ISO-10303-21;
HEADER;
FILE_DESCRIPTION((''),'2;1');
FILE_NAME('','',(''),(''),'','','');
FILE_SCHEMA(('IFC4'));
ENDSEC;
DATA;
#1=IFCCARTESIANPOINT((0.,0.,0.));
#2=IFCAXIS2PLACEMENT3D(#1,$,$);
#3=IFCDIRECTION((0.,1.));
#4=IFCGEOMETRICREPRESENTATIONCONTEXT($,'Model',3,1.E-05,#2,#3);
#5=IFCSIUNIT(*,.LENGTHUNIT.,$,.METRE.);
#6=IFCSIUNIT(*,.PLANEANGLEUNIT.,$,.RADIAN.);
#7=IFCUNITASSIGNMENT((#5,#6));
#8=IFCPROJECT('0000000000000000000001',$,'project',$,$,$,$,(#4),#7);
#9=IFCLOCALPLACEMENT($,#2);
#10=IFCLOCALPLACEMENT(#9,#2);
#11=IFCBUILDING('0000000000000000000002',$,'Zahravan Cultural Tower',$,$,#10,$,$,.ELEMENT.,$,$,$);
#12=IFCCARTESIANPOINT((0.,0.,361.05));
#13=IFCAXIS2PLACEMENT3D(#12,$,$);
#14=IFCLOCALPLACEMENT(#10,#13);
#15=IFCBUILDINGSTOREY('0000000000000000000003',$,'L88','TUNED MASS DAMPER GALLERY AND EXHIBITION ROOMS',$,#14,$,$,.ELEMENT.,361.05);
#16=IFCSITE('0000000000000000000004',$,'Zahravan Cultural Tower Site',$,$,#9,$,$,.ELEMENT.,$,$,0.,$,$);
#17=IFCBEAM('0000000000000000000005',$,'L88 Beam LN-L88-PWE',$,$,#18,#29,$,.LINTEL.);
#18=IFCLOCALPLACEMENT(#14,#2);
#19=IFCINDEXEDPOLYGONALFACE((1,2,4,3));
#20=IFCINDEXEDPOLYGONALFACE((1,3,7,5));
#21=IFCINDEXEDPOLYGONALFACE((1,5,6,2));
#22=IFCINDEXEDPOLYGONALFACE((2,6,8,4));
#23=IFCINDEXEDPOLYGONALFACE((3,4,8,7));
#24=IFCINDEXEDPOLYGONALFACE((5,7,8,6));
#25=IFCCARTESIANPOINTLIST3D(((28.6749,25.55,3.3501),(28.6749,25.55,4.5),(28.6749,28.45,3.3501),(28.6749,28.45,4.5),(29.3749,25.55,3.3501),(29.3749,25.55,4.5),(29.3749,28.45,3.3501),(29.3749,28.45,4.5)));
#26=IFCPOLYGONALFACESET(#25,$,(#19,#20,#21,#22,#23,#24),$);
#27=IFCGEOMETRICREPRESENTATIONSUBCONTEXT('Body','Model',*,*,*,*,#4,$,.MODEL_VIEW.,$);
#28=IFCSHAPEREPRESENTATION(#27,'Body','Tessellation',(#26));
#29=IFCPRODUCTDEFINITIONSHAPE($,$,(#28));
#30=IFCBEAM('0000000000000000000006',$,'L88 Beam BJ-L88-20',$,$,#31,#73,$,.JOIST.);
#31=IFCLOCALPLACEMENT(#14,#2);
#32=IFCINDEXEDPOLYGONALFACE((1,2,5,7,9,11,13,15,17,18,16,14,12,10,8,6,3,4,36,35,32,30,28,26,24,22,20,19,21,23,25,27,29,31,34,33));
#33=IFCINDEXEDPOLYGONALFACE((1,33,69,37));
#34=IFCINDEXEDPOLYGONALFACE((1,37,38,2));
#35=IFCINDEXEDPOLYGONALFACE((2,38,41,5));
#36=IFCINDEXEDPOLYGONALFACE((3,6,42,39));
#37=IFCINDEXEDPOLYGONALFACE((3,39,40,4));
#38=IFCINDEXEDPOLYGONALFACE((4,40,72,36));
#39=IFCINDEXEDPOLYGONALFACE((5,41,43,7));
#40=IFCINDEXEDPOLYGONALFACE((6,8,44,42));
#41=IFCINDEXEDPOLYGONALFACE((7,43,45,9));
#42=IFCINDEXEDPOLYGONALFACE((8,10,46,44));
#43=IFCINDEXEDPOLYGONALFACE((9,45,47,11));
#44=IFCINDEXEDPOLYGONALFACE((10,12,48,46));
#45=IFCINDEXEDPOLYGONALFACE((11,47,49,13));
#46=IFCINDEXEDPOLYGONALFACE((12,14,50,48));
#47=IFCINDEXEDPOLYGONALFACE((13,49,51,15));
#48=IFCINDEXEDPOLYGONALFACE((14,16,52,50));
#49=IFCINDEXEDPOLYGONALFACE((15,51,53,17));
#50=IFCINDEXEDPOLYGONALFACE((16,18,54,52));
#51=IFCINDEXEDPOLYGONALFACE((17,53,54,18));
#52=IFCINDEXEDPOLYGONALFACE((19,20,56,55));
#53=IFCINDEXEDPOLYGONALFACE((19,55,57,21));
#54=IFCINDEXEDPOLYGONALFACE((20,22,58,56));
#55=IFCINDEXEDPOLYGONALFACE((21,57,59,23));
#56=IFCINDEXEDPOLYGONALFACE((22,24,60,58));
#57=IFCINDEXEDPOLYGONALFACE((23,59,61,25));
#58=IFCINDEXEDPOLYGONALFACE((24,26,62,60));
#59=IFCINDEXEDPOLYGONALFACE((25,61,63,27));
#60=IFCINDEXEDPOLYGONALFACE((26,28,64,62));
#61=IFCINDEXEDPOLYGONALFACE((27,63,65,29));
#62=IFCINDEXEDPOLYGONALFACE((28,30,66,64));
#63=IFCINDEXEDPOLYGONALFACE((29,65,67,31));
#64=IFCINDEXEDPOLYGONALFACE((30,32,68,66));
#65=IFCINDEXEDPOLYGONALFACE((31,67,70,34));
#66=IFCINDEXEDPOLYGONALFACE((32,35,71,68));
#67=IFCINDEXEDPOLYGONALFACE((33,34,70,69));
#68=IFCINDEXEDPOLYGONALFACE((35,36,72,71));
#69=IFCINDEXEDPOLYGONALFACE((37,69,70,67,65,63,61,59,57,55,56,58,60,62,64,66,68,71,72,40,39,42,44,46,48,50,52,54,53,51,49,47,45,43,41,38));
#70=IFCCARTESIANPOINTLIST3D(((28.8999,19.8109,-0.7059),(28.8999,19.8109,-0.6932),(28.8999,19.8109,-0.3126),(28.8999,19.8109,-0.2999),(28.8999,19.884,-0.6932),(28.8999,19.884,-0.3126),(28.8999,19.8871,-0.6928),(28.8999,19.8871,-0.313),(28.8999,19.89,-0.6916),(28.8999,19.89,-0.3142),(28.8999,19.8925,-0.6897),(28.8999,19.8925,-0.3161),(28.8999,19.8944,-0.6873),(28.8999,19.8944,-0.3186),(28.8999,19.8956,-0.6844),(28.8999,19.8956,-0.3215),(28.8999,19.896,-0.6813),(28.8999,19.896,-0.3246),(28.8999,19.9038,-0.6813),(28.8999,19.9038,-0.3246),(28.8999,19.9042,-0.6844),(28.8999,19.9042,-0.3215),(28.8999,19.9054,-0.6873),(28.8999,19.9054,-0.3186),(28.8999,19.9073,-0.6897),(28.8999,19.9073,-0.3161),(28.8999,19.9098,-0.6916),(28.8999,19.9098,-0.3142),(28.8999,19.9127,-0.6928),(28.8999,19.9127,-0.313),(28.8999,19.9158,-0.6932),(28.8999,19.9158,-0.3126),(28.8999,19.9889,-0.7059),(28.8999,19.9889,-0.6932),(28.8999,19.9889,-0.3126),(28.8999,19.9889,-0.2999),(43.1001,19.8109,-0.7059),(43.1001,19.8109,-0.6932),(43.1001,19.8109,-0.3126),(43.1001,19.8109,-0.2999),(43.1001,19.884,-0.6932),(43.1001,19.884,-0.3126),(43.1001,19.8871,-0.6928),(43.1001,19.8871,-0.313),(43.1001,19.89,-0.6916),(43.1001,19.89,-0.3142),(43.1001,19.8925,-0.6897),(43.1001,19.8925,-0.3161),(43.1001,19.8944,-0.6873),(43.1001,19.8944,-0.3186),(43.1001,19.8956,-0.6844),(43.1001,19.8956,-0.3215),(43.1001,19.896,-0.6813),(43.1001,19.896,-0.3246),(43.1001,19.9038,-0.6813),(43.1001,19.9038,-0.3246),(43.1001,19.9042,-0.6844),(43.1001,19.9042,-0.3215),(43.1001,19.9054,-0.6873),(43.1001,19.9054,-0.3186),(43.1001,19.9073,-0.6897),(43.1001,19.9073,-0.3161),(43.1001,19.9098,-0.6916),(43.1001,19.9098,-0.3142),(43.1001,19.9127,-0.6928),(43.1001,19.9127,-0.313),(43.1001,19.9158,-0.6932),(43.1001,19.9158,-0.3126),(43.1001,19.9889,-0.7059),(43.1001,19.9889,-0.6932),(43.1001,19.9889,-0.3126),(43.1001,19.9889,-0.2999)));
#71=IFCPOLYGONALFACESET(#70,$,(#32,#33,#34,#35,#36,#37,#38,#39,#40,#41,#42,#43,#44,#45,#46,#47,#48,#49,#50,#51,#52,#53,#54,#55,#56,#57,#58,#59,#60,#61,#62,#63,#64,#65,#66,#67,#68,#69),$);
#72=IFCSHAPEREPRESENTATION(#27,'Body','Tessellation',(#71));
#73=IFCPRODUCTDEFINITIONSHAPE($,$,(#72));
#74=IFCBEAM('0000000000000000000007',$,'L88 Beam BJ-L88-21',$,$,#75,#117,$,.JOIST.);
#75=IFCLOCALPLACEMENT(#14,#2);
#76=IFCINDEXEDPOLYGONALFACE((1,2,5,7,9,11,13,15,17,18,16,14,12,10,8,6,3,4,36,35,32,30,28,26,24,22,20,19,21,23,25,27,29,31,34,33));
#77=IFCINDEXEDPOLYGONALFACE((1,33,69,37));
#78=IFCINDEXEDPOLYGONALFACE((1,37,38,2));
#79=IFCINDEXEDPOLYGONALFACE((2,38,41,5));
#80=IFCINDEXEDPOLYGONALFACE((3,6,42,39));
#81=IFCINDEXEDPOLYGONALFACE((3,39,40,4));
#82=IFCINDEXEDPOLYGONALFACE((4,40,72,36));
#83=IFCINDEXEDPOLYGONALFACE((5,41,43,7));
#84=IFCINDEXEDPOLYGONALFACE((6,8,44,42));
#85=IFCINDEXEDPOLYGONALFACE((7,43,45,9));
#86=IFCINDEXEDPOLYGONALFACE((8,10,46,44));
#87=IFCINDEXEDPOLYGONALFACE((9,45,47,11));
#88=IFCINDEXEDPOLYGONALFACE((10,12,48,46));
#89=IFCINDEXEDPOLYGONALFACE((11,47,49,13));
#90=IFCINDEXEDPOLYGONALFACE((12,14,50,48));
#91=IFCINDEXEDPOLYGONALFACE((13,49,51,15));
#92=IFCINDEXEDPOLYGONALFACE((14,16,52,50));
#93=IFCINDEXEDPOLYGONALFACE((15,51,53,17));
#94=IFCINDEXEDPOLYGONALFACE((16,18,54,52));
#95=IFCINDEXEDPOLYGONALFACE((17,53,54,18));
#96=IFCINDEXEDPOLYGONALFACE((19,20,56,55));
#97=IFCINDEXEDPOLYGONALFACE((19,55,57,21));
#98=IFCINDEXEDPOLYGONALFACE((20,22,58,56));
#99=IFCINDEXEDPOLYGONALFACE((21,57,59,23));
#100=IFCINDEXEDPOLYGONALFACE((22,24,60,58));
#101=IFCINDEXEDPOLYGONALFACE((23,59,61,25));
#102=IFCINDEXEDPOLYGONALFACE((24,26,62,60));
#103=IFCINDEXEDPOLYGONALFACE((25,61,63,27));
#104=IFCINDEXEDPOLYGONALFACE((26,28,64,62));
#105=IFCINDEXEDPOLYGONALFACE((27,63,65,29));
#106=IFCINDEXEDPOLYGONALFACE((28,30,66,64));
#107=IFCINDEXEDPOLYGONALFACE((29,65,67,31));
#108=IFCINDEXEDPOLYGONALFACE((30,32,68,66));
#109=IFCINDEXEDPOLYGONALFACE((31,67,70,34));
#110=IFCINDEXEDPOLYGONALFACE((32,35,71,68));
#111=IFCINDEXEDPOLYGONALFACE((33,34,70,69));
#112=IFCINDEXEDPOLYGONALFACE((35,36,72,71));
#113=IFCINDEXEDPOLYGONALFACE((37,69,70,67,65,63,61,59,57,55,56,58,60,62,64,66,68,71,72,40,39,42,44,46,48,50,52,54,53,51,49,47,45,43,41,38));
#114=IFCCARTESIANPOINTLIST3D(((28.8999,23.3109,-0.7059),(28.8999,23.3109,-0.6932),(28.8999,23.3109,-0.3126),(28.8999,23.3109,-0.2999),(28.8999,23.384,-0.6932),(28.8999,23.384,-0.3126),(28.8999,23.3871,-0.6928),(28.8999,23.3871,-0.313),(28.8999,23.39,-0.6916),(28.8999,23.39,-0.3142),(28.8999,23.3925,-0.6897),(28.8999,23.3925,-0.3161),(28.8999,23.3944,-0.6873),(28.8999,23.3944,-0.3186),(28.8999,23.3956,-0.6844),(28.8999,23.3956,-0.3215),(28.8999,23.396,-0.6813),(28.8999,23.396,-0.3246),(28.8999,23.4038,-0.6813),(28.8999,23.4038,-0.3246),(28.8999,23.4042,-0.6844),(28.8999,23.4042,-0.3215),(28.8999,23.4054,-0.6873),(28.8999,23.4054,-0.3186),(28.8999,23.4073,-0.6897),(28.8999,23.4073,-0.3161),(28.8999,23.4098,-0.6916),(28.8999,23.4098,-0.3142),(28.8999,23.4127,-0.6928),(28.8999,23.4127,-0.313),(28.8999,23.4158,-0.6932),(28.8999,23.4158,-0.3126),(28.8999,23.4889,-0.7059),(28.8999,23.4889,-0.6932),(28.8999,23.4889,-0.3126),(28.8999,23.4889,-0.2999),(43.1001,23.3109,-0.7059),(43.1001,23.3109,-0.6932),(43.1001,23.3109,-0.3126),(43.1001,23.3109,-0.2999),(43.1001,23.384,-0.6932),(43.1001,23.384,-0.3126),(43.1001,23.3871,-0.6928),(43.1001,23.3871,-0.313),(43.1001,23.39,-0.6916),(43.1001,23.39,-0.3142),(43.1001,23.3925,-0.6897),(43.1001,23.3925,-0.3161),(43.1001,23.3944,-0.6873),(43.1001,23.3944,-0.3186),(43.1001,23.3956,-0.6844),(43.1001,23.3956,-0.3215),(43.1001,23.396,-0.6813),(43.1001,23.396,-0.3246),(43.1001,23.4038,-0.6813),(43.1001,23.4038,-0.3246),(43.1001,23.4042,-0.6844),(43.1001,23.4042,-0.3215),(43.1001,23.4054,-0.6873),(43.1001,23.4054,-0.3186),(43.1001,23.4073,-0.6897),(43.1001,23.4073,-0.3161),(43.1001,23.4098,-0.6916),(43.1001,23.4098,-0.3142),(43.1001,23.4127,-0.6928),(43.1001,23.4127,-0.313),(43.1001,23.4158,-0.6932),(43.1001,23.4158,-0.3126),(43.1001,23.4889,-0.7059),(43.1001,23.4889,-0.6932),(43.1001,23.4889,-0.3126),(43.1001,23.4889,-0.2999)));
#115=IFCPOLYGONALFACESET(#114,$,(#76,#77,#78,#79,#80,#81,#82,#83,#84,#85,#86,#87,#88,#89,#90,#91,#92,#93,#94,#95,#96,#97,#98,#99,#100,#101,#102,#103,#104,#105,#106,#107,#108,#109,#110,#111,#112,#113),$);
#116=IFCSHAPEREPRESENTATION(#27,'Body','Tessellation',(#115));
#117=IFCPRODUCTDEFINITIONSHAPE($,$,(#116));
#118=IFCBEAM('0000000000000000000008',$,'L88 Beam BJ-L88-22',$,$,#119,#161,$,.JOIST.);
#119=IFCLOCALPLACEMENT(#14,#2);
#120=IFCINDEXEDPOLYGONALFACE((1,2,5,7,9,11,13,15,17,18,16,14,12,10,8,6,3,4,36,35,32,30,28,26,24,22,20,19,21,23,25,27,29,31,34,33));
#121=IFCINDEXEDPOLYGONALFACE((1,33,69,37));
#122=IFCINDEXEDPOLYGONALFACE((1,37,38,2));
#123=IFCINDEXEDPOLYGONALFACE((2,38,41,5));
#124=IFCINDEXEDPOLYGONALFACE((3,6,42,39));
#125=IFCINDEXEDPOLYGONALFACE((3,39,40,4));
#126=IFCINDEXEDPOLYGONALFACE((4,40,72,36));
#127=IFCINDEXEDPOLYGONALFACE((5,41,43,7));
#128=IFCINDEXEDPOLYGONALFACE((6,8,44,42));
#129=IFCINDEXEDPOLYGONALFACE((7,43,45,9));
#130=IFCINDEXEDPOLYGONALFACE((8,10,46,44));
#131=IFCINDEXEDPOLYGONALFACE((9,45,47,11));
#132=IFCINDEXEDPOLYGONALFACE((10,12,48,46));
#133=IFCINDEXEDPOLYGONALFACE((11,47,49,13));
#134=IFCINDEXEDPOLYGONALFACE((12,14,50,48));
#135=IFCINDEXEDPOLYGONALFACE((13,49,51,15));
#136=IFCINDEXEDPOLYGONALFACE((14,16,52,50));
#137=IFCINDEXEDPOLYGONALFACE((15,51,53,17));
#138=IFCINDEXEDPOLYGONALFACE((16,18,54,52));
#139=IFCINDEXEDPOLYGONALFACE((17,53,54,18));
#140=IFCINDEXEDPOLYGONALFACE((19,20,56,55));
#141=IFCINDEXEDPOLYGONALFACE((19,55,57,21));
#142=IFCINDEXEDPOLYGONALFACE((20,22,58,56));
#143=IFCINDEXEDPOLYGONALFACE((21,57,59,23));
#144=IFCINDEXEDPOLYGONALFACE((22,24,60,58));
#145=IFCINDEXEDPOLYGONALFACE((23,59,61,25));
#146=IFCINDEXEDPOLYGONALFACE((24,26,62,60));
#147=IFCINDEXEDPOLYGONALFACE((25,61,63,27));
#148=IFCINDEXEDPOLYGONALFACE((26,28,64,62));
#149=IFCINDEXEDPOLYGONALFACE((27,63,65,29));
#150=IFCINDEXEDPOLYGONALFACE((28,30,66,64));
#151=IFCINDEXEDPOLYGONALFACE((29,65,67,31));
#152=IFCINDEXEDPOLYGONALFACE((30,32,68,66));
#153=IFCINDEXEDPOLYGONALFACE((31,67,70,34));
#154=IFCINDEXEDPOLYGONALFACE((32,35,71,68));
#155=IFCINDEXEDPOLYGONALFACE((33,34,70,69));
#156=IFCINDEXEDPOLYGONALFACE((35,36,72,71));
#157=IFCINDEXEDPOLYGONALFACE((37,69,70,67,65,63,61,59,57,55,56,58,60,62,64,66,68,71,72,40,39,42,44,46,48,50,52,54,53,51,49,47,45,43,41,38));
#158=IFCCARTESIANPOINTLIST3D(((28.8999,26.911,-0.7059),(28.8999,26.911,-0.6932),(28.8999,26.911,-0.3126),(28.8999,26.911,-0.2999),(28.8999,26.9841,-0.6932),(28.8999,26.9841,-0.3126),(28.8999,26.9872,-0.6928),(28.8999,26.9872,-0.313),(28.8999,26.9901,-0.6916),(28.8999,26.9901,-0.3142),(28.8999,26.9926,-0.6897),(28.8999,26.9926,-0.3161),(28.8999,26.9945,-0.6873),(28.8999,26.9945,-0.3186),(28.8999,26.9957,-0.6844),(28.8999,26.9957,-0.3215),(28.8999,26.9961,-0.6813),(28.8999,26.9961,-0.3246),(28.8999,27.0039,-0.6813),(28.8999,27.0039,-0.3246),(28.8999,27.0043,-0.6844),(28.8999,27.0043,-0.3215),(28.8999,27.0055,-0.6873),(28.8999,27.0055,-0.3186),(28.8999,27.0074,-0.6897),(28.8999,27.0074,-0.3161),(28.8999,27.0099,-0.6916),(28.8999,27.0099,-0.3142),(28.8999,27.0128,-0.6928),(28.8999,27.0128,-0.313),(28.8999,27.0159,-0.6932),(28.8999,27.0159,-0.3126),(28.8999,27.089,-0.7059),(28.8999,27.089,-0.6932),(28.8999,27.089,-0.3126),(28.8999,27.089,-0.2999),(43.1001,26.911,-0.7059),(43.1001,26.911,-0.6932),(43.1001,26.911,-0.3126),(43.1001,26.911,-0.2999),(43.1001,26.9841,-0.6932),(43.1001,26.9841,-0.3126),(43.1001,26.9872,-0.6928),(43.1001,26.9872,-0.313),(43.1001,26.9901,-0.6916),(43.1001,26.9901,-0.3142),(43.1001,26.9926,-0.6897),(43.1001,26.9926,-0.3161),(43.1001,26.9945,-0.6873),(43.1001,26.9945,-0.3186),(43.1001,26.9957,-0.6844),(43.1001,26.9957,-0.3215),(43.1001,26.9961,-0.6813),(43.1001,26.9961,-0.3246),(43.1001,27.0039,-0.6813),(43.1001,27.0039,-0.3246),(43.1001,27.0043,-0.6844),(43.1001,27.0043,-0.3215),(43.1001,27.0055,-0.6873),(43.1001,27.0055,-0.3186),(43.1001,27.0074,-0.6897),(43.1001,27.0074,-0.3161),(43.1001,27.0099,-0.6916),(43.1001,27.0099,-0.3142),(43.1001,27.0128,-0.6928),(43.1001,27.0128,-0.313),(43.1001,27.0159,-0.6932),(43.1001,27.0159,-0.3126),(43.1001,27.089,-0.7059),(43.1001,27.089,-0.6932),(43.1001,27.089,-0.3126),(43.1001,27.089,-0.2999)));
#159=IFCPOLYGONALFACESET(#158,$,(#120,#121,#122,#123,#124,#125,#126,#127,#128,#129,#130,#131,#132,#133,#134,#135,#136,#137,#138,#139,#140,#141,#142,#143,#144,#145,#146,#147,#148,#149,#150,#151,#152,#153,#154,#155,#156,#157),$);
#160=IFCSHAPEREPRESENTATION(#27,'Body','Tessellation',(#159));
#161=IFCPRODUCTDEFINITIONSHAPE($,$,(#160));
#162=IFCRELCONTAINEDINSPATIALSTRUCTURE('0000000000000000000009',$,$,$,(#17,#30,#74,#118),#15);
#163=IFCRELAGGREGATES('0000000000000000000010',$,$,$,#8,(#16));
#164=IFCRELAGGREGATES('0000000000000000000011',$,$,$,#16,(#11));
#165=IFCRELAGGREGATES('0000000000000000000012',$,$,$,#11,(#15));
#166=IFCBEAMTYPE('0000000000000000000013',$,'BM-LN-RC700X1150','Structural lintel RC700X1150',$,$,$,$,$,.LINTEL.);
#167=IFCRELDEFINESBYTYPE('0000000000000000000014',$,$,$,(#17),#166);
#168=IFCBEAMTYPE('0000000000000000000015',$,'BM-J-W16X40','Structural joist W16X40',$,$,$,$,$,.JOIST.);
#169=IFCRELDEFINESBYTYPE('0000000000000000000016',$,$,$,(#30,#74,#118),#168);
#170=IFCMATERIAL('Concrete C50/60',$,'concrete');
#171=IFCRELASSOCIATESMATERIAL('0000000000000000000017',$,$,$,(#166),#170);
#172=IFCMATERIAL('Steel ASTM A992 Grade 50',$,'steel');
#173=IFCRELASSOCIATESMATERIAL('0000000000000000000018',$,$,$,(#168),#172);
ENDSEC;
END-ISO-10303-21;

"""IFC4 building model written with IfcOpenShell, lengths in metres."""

from ifc_helpers import new_model, si_unit, direction, frame, origin, origin_2d, place, context, subcontext, project, spatial, rectangle, i_section, extrude, source, transform, mapped, material, material_profile, profile_set, type_object, element, save


model = new_model("IFC4")

# Units and contexts
model_context = context("Model", 3, precision=1e-05, world=origin(), true_north=direction((0.0, 1.0)))
body_context = subcontext(model_context, "Body", "Model", "MODEL_VIEW")
ifc_project = project(units=[si_unit("LENGTHUNIT", "METRE"), si_unit("PLANEANGLEUNIT", "RADIAN")], contexts=[model_context])

# Site, building, storey
site_placement = place(None, origin())
site = spatial("IfcSite", under=ifc_project, at=site_placement, Name="Zahravan Cultural Tower Site", CompositionType="ELEMENT", RefElevation=0.0)
building_placement = place(site_placement, origin())
building = spatial("IfcBuilding", under=site, at=building_placement, Name="Zahravan Cultural Tower", CompositionType="ELEMENT")
storey_placement = place(building_placement, frame((0.0, 0.0, 361.05)))
storey = spatial("IfcBuildingStorey", under=building, at=storey_placement, Name="L88", Description="TUNED MASS DAMPER GALLERY AND EXHIBITION ROOMS", CompositionType="ELEMENT", Elevation=361.05)

# Beams
ifc_material_1 = material(Name="Concrete C50/60", Category="concrete")
ifc_material_profile_1 = material_profile(ifc_material_1, rectangle(XDim=0.7, YDim=1.1499, at=origin_2d()), Name="RC700X1150")
ifc_profile_set_1 = profile_set([ifc_material_profile_1], Name="Concrete C50/60")
beam_type_1 = type_object("IfcBeamType", Name="BM-LN-RC700X1150", Description="Structural lintel RC700X1150", PredefinedType="LINTEL", material=ifc_profile_set_1)
shared_shape_1 = source(origin(), body_context, "Body", "SweptSolid", [
    extrude(rectangle(XDim=0.7, YDim=1.1499, at=origin_2d()), origin(), (0.0, 0.0, 1.0), 2.8999),
])
beam_placement = place(storey_placement, frame((29.0249, 25.55, 3.925), z_axis=(0.0, 1.0, 0.0), x_axis=(-1.0, 0.0, 0.0)))
element("IfcBeam", 1, at=beam_placement, inside=storey, type_object=beam_type_1, Name="L88 Beam LN-L88-PWE", PredefinedType="LINTEL", context=body_context, shape_type="MappedRepresentation", body=[
    mapped(shared_shape_1, transform((0.0, 0.0, 0.0), x_axis=(1.0, 0.0, 0.0), y_axis=(0.0, 1.0, 0.0), z_axis=(0.0, 0.0, 1.0), scale=1.0)),
])
ifc_material_2 = material(Name="Steel ASTM A992 Grade 50", Category="steel")
ifc_material_profile_2 = material_profile(ifc_material_2, i_section(OverallWidth=0.178, OverallDepth=0.406, WebThickness=0.0078, FlangeThickness=0.0127, FilletRadius=0.012, at=origin_2d()), Name="W16X40")
ifc_profile_set_2 = profile_set([ifc_material_profile_2], Name="Steel ASTM A992 Grade 50")
beam_type_2 = type_object("IfcBeamType", Name="BM-J-W16X40", Description="Structural joist W16X40", PredefinedType="JOIST", material=ifc_profile_set_2)
shared_shape_2 = source(origin(), body_context, "Body", "SweptSolid", [
    extrude(i_section(OverallWidth=0.178, OverallDepth=0.406, WebThickness=0.0078, FlangeThickness=0.0127, FilletRadius=0.012, at=origin_2d()), origin(), (0.0, 0.0, 1.0), 14.2002),
])
for number, where, z_axis, x_axis, name in (
    (2, (28.8999, 19.8999, -0.5029), (1.0, 0.0, 0.0), (0.0, 1.0, 0.0), "L88 Beam BJ-L88-20"),
    (3, (28.8999, 23.3999, -0.5029), (1.0, 0.0, 0.0), (0.0, 1.0, 0.0), "L88 Beam BJ-L88-21"),
    (4, (28.8999, 27.0, -0.5029), (1.0, 0.0, 0.0), (0.0, 1.0, 0.0), "L88 Beam BJ-L88-22"),
):
    element("IfcBeam", number, at=place(storey_placement, frame(where, z_axis=z_axis, x_axis=x_axis)), inside=storey, type_object=beam_type_2, Name=name, PredefinedType="JOIST", context=body_context, shape_type="MappedRepresentation", body=[
        mapped(shared_shape_2, transform((0.0, 0.0, 0.0), x_axis=(1.0, 0.0, 0.0), y_axis=(0.0, 1.0, 0.0), z_axis=(0.0, 0.0, 1.0), scale=1.0)),
    ])

save(model, "model.ifc")
